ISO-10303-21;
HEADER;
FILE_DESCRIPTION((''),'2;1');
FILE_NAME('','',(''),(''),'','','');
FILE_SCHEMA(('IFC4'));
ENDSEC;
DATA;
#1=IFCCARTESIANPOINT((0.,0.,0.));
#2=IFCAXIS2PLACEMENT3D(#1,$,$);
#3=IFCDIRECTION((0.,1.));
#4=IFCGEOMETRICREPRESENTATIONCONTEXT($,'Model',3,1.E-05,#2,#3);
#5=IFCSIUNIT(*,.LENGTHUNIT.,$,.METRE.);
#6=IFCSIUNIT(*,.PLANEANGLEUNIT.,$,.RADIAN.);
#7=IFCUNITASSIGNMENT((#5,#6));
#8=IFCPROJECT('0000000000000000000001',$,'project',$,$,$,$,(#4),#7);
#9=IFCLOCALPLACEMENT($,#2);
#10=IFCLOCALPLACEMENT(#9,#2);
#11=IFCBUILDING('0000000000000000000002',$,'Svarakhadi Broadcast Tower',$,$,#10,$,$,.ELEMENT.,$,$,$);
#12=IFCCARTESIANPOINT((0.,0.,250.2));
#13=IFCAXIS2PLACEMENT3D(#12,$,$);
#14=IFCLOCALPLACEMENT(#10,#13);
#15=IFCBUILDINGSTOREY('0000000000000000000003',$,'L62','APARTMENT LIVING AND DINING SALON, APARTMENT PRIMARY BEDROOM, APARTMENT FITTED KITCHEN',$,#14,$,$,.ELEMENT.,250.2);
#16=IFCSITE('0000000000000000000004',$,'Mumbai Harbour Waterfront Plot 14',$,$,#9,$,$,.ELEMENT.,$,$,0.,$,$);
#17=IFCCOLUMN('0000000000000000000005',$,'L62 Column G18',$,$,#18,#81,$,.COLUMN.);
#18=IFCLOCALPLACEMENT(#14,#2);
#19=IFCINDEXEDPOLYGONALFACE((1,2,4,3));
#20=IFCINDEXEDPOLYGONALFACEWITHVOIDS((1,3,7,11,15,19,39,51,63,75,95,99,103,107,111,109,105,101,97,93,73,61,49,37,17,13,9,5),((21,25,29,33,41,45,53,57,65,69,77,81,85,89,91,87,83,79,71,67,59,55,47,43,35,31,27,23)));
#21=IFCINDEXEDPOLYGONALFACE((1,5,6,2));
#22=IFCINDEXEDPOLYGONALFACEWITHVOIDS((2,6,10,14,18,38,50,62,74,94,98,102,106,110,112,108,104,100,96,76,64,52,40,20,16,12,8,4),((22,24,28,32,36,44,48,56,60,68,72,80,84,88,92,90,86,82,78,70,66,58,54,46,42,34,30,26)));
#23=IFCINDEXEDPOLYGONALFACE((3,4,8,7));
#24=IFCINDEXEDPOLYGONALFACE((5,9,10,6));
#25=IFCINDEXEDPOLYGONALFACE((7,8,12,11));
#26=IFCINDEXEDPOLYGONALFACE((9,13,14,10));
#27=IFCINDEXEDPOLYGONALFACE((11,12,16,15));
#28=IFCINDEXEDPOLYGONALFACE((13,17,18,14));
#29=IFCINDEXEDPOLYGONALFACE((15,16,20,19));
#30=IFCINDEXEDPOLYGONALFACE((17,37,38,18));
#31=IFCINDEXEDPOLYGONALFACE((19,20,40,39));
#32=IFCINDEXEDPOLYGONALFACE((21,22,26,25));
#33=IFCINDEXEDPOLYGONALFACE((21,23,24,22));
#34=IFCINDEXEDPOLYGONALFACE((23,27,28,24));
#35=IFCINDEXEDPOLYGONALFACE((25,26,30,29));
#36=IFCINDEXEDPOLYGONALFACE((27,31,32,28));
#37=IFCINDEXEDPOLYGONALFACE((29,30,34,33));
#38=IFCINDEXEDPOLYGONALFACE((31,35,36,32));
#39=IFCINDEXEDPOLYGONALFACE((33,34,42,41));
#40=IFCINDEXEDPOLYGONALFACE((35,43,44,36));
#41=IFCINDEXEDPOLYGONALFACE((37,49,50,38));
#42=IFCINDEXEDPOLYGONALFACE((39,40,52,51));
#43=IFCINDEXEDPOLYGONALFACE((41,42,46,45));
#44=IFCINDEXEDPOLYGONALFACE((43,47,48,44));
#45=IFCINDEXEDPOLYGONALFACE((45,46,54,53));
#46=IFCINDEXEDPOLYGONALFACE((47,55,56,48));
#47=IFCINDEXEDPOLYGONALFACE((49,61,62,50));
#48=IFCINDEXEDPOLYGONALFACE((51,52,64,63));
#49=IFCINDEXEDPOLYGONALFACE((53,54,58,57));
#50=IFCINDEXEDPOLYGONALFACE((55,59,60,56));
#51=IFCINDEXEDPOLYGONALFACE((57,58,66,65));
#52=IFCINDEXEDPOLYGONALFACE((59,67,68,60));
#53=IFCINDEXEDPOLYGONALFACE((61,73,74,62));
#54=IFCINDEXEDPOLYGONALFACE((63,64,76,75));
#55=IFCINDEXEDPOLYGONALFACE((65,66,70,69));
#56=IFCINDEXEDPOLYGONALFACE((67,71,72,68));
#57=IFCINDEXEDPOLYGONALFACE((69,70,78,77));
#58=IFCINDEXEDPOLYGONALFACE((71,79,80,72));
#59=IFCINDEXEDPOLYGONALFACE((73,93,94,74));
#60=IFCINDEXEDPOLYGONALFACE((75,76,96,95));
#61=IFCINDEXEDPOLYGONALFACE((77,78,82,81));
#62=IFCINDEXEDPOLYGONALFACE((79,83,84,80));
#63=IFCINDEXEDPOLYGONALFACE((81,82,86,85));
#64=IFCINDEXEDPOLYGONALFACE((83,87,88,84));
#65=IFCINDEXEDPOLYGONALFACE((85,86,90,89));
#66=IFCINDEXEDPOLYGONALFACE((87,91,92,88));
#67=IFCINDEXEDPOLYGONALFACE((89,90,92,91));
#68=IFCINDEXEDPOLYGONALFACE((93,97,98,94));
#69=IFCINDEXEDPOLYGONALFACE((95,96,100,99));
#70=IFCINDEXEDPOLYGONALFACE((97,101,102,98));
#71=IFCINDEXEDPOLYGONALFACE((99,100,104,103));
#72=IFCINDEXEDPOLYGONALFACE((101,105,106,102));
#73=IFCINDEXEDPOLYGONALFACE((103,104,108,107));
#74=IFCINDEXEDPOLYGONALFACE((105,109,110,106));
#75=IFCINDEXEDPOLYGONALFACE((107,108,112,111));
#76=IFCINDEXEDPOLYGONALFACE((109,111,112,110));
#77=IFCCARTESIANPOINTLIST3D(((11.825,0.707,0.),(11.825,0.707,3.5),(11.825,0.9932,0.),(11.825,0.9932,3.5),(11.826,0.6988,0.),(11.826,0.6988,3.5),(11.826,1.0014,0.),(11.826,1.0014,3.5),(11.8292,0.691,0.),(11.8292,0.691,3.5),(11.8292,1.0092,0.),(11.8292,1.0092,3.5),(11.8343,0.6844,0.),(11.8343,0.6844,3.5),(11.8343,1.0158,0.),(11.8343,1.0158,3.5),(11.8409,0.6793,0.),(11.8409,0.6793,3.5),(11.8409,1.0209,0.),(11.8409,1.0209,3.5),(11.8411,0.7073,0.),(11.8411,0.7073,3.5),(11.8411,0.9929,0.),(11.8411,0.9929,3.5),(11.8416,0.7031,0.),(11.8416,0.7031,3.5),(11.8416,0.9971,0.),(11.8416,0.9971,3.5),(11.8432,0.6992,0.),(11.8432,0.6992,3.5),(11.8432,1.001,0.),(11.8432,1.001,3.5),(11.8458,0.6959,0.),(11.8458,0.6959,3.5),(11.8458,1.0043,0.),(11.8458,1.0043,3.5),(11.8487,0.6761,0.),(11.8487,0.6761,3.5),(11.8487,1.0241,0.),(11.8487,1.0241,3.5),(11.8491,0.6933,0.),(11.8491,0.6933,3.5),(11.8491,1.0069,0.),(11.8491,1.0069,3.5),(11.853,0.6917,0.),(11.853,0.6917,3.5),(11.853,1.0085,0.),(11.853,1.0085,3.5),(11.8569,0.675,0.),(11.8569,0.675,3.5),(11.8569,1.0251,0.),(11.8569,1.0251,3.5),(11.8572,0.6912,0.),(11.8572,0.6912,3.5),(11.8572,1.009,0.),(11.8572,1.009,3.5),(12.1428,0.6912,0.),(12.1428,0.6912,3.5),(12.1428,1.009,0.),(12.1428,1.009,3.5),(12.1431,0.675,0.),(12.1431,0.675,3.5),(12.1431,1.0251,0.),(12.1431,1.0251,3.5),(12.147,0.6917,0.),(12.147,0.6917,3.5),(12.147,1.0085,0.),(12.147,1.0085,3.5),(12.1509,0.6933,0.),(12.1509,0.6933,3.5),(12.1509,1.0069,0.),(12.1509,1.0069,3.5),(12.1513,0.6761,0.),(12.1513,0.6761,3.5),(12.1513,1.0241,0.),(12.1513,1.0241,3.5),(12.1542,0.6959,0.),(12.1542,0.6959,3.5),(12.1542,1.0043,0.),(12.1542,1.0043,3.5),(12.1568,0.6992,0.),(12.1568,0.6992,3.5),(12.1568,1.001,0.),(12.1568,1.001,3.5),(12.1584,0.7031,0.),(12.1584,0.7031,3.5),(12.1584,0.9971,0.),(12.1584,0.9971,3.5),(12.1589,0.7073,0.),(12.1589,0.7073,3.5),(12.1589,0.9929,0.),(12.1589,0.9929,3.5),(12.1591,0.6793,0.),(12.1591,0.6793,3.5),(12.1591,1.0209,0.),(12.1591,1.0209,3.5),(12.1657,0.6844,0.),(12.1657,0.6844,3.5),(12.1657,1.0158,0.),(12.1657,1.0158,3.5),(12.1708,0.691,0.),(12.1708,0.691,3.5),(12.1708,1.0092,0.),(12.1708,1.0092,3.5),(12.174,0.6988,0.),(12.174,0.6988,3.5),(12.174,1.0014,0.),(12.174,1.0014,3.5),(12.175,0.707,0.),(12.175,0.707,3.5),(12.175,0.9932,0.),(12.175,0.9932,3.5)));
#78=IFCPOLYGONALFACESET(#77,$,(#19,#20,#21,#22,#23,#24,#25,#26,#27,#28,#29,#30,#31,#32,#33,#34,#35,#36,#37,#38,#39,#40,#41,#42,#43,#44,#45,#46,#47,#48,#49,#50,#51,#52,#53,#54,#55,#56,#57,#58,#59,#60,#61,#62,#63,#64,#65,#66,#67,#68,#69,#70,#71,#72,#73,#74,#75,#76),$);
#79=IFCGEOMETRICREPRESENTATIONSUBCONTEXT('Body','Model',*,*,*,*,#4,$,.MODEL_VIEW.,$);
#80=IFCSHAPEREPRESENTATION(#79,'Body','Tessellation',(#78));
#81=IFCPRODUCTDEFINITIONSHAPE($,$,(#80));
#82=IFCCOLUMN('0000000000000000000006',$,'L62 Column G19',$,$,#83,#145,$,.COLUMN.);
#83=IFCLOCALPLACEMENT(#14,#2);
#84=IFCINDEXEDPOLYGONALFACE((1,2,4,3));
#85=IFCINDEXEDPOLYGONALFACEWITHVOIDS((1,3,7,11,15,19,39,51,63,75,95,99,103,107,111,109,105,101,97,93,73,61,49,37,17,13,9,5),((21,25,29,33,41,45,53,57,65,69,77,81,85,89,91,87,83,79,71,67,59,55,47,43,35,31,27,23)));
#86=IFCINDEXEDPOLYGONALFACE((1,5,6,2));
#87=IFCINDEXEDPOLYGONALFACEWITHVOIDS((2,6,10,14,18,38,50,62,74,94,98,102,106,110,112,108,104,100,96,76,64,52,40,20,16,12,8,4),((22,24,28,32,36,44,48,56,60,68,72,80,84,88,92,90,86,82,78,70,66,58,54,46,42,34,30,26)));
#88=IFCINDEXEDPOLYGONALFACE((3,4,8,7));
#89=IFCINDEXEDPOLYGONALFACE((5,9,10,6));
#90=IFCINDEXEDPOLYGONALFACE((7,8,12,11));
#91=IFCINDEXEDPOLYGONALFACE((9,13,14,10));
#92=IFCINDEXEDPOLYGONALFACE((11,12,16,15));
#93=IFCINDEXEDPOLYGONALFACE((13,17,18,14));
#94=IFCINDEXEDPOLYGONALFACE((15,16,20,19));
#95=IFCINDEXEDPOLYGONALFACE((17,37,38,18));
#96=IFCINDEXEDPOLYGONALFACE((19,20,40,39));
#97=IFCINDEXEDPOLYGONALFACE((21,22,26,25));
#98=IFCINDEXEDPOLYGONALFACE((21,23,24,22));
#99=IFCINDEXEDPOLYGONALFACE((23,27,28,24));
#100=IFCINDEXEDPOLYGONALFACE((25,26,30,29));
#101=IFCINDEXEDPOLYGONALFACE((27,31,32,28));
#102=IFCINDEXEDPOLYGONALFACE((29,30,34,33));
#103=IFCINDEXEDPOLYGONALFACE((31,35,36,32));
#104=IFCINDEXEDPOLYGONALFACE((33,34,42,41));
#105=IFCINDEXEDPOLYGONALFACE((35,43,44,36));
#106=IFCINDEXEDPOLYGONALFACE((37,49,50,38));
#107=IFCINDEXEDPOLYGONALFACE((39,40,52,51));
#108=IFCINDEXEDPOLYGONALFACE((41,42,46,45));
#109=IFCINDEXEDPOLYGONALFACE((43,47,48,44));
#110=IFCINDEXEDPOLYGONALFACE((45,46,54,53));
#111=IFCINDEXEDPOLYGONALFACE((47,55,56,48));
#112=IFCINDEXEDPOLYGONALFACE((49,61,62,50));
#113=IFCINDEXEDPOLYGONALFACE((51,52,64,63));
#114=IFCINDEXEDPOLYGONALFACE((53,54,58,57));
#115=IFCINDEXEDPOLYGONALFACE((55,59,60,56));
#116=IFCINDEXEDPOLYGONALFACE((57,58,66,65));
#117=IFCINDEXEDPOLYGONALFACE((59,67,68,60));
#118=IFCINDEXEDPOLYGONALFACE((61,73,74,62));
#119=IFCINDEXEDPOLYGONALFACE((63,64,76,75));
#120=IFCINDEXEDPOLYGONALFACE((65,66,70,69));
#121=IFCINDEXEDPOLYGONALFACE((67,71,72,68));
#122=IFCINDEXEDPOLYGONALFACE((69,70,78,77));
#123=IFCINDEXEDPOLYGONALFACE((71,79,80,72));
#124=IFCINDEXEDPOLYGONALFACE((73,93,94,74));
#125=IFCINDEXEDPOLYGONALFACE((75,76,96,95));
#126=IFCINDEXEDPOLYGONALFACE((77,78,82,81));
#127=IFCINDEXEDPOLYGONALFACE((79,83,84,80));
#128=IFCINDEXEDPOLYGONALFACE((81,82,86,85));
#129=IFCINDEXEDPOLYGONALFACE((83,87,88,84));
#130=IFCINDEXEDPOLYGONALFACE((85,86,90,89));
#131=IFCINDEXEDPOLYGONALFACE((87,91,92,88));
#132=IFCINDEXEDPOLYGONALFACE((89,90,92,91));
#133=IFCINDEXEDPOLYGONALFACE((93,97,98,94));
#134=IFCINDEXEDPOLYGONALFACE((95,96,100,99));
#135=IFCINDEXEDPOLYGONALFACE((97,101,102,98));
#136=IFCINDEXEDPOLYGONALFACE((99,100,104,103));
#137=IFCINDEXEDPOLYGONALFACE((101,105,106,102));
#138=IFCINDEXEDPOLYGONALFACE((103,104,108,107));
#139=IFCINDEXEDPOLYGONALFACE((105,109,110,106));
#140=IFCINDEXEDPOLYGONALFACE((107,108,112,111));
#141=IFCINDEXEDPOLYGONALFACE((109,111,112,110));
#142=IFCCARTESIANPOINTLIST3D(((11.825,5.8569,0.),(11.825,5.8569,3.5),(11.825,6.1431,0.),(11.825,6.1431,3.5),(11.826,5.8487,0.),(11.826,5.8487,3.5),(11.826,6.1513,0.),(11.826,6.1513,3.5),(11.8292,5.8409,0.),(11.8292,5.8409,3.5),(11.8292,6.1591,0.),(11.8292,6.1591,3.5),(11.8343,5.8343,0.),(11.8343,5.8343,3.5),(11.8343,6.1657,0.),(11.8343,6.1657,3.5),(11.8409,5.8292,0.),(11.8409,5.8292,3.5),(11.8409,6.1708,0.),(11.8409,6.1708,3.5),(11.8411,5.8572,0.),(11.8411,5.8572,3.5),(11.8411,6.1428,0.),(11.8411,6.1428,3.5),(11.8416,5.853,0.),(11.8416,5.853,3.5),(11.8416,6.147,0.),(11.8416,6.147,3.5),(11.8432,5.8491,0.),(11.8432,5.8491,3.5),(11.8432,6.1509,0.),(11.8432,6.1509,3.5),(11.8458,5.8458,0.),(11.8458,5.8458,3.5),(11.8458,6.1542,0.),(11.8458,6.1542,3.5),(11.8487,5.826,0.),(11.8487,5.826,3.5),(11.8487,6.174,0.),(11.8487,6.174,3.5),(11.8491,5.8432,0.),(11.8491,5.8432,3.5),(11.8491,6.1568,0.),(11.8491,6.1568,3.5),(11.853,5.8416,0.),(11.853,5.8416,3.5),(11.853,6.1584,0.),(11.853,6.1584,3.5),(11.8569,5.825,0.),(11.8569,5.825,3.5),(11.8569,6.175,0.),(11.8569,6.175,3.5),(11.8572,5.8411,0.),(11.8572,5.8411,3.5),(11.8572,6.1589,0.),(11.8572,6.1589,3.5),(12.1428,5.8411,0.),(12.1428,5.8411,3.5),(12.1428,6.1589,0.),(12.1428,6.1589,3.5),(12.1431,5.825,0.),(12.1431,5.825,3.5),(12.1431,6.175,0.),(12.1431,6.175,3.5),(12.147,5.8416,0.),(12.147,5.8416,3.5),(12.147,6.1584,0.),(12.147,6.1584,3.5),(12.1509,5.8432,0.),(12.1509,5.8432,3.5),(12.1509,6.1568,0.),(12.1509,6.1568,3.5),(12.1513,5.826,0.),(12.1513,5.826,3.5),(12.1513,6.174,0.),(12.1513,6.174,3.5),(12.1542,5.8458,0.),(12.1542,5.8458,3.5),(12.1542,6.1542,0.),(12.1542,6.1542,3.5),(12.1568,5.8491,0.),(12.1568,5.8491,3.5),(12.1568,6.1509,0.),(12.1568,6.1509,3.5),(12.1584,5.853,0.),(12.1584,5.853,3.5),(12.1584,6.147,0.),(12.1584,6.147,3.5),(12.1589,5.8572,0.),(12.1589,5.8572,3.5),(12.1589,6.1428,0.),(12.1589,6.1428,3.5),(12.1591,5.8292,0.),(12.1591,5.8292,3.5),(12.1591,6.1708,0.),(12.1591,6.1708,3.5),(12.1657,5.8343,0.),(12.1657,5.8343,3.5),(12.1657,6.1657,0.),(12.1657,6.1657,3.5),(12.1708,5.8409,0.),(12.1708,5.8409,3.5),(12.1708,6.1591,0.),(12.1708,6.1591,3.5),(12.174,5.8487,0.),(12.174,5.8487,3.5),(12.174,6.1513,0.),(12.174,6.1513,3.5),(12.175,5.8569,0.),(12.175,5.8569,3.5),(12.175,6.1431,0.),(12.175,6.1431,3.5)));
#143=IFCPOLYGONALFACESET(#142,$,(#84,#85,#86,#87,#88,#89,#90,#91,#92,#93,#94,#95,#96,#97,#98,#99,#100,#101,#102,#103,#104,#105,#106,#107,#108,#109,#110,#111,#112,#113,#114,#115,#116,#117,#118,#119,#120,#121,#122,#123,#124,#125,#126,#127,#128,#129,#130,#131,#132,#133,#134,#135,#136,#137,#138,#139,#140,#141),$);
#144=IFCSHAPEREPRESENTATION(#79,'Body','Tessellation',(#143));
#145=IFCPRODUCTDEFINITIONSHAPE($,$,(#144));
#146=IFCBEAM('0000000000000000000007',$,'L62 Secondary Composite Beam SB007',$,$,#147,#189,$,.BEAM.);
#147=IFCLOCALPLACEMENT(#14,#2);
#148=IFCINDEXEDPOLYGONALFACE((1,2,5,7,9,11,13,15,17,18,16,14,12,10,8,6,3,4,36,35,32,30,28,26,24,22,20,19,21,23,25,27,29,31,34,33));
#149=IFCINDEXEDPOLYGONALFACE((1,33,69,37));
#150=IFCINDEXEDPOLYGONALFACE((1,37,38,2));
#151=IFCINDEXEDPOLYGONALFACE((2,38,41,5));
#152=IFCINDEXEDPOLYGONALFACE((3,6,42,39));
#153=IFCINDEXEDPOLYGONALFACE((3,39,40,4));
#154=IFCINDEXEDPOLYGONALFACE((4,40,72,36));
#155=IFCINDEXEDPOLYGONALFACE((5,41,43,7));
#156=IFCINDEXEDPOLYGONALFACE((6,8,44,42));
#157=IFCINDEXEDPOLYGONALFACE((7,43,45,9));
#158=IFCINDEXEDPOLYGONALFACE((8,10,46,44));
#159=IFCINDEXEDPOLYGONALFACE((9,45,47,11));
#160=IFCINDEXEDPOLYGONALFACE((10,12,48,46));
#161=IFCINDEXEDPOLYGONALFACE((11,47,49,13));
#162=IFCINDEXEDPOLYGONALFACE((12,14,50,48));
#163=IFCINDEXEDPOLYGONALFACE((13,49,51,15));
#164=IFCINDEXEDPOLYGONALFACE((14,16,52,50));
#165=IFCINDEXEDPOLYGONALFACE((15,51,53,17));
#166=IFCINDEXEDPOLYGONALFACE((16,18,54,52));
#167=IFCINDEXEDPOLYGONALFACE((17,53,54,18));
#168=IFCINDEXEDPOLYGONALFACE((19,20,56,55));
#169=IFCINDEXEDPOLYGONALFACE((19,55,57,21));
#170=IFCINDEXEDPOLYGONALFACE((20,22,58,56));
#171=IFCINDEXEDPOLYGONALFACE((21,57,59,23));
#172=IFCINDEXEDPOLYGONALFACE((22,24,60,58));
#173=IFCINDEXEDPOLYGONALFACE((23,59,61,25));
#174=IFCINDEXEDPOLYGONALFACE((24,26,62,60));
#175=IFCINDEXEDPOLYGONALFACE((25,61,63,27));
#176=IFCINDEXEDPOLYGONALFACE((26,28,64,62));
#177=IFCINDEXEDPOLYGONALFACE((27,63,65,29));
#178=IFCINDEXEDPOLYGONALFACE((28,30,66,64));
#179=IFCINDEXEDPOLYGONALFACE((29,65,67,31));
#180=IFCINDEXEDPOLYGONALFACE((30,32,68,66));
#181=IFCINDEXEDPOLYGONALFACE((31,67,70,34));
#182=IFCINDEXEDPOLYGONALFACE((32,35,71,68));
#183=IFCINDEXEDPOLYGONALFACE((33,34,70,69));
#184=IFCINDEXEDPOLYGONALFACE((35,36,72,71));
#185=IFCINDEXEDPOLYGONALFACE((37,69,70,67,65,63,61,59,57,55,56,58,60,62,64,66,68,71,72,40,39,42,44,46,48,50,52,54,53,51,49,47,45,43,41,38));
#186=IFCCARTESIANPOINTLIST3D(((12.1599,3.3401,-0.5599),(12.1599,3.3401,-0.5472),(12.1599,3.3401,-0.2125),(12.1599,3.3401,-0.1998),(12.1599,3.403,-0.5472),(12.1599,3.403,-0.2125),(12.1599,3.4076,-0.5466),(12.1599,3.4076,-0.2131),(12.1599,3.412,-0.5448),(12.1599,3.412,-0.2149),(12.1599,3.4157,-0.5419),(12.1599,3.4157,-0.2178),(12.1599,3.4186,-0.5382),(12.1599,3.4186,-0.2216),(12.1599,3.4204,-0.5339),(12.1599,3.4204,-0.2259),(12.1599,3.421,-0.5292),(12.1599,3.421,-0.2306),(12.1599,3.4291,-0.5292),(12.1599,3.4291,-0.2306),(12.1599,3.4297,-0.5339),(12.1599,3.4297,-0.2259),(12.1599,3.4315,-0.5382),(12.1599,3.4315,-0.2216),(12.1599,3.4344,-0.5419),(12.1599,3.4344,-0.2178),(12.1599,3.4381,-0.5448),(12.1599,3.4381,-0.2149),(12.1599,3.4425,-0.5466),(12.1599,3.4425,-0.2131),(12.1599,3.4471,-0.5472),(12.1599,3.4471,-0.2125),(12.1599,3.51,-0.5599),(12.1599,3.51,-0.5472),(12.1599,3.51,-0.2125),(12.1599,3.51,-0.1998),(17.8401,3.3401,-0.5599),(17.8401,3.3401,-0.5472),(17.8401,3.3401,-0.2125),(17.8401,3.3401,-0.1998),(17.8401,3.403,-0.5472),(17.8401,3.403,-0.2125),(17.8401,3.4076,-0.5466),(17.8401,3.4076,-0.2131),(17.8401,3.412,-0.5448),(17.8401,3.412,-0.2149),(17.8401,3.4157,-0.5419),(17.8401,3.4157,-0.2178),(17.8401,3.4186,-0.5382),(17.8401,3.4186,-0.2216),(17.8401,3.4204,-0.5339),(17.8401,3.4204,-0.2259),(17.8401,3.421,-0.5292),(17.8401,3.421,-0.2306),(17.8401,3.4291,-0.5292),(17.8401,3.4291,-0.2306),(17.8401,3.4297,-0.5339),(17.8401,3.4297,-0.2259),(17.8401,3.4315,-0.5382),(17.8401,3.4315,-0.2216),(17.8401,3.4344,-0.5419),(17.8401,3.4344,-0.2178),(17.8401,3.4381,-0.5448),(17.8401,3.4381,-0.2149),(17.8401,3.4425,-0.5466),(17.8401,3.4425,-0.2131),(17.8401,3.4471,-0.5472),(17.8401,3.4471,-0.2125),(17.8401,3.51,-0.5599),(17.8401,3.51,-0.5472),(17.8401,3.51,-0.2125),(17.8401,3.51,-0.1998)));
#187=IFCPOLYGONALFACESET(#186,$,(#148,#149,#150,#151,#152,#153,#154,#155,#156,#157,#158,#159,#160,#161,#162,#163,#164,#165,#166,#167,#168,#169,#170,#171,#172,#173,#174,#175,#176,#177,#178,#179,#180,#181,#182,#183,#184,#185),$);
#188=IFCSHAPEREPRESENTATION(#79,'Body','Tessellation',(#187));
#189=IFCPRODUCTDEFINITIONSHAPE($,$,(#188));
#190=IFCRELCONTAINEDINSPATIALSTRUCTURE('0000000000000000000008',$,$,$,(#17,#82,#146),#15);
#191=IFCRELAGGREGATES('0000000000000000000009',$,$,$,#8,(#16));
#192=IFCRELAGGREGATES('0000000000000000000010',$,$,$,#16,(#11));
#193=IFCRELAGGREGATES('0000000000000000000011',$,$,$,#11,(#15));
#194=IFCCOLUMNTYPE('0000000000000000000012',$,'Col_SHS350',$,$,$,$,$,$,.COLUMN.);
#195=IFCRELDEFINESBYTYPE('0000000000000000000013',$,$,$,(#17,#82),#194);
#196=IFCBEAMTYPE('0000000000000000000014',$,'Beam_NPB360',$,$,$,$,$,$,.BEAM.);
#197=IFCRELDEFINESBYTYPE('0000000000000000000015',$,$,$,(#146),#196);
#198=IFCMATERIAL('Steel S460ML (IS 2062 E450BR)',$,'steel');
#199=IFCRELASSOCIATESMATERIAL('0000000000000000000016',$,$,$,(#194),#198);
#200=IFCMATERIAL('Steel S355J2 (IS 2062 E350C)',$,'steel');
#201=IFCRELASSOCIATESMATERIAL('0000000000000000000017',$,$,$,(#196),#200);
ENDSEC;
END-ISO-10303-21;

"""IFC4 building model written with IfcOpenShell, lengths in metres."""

from ifc_helpers import new_model, si_unit, direction, frame, origin, origin_2d, place, context, subcontext, project, spatial, hollow_rectangle, i_section, extrude, material, material_profile, profile_set, type_object, element, save


model = new_model("IFC4")

# Units and contexts
model_context = context("Model", 3, precision=1e-05, world=origin(), true_north=direction((0.0, 1.0)))
body_context = subcontext(model_context, "Body", "Model", "MODEL_VIEW")
ifc_project = project(units=[si_unit("LENGTHUNIT", "METRE"), si_unit("PLANEANGLEUNIT", "RADIAN")], contexts=[model_context])

# Site, building, storey
site_placement = place(None, origin())
site = spatial("IfcSite", under=ifc_project, at=site_placement, Name="Mumbai Harbour Waterfront Plot 14", CompositionType="ELEMENT", RefElevation=0.0)
building_placement = place(site_placement, origin())
building = spatial("IfcBuilding", under=site, at=building_placement, Name="Svarakhadi Broadcast Tower", CompositionType="ELEMENT")
storey_placement = place(building_placement, frame((0.0, 0.0, 250.2)))
storey = spatial("IfcBuildingStorey", under=building, at=storey_placement, Name="L62", Description="APARTMENT LIVING AND DINING SALON, APARTMENT PRIMARY BEDROOM, APARTMENT FITTED KITCHEN", CompositionType="ELEMENT", Elevation=250.2)

# Columns
ifc_material_1 = material(Name="Steel S460ML (IS 2062 E450BR)", Category="steel")
ifc_material_profile_1 = material_profile(ifc_material_1, hollow_rectangle(XDim=0.3501, YDim=0.3501, WallThickness=0.0161, InnerFilletRadius=0.0161, OuterFilletRadius=0.032, at=origin_2d()), Name="SHS 350x350x16")
ifc_profile_set_1 = profile_set([ifc_material_profile_1], Name="Steel S460ML (IS 2062 E450BR)")
column_type = type_object("IfcColumnType", Name="Col_SHS350", PredefinedType="COLUMN", material=ifc_profile_set_1)
for number, where, z_axis, x_axis, name in (
    (1, (12.0, 0.8501, 0.0), (0.0, 0.0, 1.0), (1.0, 0.0, 0.0), "L62 Column G18"),
    (2, (12.0, 6.0, 0.0), (0.0, 0.0, 1.0), (1.0, 0.0, 0.0), "L62 Column G19"),
):
    element("IfcColumn", number, at=place(storey_placement, frame(where, z_axis=z_axis, x_axis=x_axis)), inside=storey, type_object=column_type, Name=name, PredefinedType="COLUMN", context=body_context, shape_type="SweptSolid", body=[
        extrude(hollow_rectangle(XDim=0.3501, YDim=0.3501, WallThickness=0.0161, InnerFilletRadius=0.0161, OuterFilletRadius=0.032, at=origin_2d()), origin(), (0.0, 0.0, 1.0), 3.5),
    ])

# Beam
ifc_material_2 = material(Name="Steel S355J2 (IS 2062 E350C)", Category="steel")
ifc_material_profile_2 = material_profile(ifc_material_2, i_section(OverallWidth=0.1699, OverallDepth=0.3601, WebThickness=0.0081, FlangeThickness=0.0127, FilletRadius=0.0181, at=origin_2d()), Name="NPB 360x170x57")
ifc_profile_set_2 = profile_set([ifc_material_profile_2], Name="Steel S355J2 (IS 2062 E350C)")
beam_type_1 = type_object("IfcBeamType", Name="Beam_NPB360", PredefinedType="BEAM", material=ifc_profile_set_2)
for number, where, z_axis, x_axis, name in (
    (3, (12.1599, 3.425, -0.3799), (1.0, 0.0, 0.0), (0.0, 1.0, 0.0), "L62 Secondary Composite Beam SB007"),
):
    element("IfcBeam", number, at=place(storey_placement, frame(where, z_axis=z_axis, x_axis=x_axis)), inside=storey, type_object=beam_type_1, Name=name, PredefinedType="BEAM", context=body_context, shape_type="SweptSolid", body=[
        extrude(i_section(OverallWidth=0.1699, OverallDepth=0.3601, WebThickness=0.0081, FlangeThickness=0.0127, FilletRadius=0.0181, at=origin_2d()), origin(), (0.0, 0.0, 1.0), 5.6802),
    ])

save(model, "model.ifc")
